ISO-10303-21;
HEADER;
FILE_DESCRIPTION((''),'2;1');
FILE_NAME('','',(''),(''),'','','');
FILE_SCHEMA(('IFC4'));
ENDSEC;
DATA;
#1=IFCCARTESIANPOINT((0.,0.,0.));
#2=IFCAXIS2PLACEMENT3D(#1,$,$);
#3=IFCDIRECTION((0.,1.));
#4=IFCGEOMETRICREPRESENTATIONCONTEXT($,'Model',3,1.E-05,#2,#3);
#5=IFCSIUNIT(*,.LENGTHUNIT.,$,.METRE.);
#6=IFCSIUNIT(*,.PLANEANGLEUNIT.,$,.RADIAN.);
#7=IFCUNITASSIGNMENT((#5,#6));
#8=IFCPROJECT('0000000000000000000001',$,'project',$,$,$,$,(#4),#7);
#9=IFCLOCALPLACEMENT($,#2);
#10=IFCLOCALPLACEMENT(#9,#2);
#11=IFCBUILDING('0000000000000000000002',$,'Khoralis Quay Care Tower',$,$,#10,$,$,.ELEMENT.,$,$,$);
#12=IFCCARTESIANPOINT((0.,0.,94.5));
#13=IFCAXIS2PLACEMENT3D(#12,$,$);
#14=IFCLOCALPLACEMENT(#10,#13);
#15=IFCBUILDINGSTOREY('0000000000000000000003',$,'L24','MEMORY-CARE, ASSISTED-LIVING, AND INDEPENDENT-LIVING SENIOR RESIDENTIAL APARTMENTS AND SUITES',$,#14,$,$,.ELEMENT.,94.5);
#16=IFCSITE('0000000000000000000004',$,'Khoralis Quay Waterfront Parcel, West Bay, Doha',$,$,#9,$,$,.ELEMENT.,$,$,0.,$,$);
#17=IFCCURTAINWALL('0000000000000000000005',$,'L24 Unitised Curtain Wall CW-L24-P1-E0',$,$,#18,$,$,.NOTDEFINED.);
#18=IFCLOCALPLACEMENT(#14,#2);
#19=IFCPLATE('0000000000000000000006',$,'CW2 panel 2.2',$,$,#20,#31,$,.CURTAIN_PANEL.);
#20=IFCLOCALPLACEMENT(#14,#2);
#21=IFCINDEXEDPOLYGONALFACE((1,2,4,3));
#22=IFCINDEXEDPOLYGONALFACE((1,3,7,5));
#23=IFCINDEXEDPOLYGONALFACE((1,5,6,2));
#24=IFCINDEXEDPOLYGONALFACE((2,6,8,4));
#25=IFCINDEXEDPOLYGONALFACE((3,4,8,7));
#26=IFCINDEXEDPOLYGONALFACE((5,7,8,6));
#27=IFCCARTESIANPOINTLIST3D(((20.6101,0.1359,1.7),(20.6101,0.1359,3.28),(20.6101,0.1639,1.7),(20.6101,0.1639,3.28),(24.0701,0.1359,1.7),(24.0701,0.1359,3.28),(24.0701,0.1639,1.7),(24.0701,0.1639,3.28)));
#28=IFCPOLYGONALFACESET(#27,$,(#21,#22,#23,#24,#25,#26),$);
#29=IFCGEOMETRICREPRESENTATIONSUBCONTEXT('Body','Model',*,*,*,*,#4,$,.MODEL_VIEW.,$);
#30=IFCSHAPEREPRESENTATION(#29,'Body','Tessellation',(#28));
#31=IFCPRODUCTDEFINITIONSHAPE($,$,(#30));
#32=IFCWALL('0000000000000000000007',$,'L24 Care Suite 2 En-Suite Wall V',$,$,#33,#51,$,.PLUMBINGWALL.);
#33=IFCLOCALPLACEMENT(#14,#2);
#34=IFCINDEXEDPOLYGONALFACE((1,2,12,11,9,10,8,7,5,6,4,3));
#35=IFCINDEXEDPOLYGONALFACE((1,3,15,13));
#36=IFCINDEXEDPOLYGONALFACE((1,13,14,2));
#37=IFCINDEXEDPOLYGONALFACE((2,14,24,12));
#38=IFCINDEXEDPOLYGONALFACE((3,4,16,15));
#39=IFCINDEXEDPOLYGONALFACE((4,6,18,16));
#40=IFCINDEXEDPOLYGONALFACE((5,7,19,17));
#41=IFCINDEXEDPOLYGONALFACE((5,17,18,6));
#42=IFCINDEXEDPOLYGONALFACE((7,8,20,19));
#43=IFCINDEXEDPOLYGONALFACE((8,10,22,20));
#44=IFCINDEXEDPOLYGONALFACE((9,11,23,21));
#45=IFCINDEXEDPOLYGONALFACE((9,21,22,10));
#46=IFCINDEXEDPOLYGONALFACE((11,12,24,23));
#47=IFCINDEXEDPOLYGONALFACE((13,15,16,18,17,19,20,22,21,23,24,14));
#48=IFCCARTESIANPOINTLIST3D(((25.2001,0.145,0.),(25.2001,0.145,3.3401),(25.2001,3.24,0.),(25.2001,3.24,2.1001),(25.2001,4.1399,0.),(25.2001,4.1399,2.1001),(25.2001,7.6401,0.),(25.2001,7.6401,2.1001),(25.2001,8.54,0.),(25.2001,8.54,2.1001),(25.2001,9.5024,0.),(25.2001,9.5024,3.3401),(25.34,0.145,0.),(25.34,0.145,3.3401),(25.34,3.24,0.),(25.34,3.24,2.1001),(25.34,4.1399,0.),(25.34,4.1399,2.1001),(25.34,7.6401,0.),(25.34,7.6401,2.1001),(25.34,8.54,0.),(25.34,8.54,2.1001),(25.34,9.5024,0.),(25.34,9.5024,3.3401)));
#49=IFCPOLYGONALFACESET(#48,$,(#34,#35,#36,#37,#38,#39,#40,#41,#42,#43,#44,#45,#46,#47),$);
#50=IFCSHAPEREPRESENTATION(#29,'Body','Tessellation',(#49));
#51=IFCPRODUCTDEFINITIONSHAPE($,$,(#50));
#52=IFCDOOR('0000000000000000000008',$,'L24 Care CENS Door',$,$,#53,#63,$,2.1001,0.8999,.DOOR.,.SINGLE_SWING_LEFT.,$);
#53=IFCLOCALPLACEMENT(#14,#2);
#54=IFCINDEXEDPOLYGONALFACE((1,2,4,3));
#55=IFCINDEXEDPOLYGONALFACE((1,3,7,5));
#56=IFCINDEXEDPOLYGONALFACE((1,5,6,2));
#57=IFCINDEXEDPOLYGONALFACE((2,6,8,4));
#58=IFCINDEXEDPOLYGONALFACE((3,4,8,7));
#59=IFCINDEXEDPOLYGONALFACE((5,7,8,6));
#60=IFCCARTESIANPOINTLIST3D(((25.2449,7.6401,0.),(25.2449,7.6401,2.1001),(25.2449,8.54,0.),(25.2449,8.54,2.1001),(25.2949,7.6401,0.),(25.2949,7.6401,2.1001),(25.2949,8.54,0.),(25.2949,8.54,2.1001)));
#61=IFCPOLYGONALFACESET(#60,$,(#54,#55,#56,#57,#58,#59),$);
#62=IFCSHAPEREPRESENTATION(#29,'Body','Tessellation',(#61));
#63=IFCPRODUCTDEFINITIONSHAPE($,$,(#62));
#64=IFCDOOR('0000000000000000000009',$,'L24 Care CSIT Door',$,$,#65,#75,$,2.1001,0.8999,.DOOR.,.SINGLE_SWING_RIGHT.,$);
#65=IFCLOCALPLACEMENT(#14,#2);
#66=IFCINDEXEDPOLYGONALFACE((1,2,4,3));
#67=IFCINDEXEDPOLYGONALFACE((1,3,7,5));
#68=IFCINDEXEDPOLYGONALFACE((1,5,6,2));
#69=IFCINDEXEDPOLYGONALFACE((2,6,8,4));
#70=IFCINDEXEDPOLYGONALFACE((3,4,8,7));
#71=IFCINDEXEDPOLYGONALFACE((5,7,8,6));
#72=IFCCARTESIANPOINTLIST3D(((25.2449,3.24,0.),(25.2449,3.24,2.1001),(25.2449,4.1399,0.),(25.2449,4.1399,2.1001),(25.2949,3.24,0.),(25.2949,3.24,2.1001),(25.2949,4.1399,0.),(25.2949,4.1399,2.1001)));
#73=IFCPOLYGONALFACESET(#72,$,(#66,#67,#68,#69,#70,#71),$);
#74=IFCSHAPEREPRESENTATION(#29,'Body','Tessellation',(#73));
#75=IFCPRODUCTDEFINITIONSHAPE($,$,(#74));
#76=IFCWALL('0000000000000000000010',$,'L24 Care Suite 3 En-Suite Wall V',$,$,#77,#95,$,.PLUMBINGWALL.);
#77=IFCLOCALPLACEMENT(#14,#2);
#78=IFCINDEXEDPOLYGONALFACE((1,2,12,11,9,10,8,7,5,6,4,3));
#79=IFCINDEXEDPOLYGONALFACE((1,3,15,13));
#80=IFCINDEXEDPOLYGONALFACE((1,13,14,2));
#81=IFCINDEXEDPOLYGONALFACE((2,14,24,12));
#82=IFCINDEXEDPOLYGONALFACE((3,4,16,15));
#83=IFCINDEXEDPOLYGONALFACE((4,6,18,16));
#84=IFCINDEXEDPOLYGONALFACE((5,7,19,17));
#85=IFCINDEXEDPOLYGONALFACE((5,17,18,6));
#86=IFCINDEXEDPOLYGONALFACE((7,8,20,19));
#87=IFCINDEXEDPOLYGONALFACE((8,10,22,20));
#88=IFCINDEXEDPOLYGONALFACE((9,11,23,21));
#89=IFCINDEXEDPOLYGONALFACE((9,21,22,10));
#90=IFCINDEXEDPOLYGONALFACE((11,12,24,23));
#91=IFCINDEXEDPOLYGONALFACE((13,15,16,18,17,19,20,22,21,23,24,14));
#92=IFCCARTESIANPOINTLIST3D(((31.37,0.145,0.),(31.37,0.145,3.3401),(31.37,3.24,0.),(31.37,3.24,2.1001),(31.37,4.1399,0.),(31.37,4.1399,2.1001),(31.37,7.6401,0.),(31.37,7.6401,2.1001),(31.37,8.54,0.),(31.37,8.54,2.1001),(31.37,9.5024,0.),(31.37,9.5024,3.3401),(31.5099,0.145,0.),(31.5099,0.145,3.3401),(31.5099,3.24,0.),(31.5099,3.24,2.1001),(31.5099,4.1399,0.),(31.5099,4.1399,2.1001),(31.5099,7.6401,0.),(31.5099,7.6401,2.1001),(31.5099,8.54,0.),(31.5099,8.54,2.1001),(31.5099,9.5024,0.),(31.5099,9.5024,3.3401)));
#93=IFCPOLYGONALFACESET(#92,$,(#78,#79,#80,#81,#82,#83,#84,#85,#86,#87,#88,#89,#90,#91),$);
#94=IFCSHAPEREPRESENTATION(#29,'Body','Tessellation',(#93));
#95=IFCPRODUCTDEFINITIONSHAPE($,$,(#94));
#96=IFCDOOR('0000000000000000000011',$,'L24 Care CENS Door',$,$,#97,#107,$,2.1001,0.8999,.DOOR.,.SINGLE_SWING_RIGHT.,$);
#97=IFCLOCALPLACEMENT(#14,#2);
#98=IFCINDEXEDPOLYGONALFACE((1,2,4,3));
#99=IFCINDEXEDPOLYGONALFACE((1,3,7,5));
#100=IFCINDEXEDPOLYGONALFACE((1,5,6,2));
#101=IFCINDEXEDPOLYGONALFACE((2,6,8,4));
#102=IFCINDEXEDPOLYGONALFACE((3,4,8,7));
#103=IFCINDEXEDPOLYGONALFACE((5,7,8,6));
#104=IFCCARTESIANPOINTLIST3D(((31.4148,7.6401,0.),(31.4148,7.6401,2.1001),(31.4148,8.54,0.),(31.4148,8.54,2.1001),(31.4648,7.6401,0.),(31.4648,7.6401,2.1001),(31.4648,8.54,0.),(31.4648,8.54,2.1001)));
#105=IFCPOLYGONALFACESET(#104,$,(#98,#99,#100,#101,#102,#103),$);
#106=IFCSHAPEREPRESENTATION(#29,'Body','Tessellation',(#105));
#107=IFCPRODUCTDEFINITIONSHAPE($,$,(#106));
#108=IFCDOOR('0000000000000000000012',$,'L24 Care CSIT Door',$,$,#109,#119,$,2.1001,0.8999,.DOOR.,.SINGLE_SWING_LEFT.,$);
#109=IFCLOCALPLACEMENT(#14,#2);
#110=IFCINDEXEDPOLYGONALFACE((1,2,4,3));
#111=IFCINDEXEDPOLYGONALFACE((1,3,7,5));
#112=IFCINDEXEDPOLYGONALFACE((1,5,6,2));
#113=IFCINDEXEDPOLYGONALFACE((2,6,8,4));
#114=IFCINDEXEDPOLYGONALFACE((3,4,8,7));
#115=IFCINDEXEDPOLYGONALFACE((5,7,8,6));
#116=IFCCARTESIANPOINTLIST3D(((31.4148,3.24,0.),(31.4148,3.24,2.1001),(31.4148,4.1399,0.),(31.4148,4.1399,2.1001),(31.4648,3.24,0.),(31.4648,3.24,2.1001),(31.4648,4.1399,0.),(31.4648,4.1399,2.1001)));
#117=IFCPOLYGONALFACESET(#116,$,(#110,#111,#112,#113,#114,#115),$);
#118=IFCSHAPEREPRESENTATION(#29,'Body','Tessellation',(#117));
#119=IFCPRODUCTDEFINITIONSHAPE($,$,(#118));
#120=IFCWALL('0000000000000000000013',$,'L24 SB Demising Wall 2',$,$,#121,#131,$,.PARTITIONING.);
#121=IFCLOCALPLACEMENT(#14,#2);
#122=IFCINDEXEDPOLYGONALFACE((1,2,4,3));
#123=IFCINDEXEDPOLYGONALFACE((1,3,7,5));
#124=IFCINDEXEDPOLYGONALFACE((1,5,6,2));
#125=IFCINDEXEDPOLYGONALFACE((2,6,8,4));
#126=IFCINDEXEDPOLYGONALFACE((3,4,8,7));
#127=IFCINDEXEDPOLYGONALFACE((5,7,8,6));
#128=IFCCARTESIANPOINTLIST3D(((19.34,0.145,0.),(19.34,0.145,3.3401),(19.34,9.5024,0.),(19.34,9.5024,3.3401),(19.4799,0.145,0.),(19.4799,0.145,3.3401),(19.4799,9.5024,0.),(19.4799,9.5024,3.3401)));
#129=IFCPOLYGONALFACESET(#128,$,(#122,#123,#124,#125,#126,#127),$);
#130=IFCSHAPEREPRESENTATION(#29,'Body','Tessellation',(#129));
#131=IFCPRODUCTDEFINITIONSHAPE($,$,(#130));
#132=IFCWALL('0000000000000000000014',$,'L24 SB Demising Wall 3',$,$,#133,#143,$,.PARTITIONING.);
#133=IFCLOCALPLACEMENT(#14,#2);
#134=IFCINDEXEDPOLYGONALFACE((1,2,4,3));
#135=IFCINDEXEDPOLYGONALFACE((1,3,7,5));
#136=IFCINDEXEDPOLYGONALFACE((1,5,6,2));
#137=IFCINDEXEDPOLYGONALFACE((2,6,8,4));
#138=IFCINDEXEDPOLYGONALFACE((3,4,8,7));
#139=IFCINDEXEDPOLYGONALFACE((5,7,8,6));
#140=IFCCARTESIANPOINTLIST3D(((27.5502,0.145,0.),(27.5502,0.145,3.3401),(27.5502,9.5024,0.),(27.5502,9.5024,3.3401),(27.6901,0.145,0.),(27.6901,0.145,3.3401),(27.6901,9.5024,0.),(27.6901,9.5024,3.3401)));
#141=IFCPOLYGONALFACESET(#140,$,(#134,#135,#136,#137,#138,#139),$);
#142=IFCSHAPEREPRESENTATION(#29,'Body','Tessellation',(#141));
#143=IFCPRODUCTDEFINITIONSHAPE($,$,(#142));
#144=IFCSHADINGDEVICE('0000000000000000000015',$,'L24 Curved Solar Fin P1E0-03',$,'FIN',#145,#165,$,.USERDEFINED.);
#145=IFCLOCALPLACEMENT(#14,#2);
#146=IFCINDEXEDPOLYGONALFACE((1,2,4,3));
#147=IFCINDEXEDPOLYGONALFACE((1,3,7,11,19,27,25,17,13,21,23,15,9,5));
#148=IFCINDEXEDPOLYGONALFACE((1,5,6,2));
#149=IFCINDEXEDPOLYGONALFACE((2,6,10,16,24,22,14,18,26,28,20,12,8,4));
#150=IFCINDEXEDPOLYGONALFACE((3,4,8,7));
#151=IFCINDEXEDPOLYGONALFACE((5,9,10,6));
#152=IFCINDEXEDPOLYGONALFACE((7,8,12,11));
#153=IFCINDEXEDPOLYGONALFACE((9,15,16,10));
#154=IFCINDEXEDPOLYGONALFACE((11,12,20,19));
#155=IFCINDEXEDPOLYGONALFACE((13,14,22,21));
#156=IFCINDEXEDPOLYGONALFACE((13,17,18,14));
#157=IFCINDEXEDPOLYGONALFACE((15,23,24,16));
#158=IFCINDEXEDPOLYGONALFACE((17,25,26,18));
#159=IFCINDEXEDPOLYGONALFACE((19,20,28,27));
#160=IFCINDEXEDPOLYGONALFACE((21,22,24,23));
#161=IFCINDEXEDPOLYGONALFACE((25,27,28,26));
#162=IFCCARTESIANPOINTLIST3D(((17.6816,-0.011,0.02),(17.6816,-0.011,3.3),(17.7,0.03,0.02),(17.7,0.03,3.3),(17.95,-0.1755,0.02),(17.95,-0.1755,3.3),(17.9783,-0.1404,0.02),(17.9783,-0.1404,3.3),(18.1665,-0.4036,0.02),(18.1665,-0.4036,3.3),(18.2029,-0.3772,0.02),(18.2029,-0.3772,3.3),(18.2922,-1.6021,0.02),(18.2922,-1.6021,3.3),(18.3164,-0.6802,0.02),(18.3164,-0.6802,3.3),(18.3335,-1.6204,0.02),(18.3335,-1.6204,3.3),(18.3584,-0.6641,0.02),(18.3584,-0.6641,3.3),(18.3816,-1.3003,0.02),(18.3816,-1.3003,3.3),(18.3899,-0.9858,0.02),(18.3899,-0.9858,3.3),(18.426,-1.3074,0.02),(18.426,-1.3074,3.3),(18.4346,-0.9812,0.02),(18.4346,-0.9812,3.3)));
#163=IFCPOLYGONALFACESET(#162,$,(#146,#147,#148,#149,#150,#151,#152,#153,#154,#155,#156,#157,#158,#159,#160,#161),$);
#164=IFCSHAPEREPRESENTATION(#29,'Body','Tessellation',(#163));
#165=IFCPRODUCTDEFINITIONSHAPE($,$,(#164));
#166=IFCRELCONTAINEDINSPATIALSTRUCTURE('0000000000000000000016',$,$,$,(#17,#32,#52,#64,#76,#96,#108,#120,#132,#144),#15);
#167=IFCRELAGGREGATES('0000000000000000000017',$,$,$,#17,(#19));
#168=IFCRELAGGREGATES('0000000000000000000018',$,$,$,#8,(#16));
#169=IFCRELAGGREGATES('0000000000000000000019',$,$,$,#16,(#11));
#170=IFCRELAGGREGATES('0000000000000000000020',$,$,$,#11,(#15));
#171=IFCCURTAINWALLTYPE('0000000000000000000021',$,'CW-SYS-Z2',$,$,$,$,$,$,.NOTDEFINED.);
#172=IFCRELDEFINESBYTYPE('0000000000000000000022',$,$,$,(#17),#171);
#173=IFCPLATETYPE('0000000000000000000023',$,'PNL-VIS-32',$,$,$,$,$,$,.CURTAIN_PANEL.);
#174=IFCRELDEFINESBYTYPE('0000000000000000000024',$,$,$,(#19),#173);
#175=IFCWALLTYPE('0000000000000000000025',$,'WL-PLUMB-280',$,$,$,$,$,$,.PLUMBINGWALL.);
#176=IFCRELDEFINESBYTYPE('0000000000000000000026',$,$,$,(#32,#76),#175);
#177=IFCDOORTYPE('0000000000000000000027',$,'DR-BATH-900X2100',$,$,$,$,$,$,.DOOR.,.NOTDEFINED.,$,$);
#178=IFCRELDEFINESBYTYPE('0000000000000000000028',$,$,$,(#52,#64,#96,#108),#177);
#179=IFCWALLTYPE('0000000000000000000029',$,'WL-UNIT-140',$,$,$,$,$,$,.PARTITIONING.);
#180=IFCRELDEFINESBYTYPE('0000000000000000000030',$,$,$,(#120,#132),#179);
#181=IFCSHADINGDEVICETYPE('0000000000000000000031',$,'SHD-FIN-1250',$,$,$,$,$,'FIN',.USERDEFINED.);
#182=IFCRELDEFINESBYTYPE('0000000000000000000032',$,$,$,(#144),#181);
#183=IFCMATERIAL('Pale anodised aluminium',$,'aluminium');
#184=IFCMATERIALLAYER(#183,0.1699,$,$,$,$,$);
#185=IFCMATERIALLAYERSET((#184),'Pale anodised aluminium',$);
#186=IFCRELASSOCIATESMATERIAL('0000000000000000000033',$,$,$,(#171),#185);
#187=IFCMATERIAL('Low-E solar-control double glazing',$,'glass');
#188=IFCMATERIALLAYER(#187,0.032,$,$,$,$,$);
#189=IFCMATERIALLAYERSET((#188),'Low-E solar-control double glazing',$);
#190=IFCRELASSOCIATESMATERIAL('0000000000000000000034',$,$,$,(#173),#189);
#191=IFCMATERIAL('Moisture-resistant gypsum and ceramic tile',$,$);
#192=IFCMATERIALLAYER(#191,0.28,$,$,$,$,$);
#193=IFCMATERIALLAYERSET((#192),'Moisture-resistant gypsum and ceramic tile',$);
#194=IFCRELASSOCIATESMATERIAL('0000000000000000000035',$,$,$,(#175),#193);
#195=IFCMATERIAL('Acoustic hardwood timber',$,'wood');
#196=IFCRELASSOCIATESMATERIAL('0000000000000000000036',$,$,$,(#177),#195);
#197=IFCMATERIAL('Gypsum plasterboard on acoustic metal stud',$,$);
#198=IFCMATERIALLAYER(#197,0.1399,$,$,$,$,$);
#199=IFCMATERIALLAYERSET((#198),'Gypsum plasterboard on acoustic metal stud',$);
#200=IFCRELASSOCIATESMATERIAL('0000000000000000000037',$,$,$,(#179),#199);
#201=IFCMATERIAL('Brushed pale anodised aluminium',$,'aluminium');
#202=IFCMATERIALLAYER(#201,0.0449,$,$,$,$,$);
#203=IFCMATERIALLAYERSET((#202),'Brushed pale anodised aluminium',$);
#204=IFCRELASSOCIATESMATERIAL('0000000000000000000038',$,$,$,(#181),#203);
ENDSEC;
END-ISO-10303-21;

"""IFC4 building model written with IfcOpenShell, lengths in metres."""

from ifc_helpers import new_model, si_unit, direction, frame, frame_2d, origin, origin_2d, place, context, subcontext, project, spatial, polyline, rectangle, outline, extrude, source, transform, mapped, material, layer, layer_set, type_object, element, fill, aggregate, save


model = new_model("IFC4")

# Units and contexts
model_context = context("Model", 3, precision=1e-05, world=origin(), true_north=direction((0.0, 1.0)))
body_context = subcontext(model_context, "Body", "Model", "MODEL_VIEW")
ifc_project = project(units=[si_unit("LENGTHUNIT", "METRE"), si_unit("PLANEANGLEUNIT", "RADIAN")], contexts=[model_context])

# Site, building, storey
site_placement = place(None, origin())
site = spatial("IfcSite", under=ifc_project, at=site_placement, Name="Khoralis Quay Waterfront Parcel, West Bay, Doha", CompositionType="ELEMENT", RefElevation=0.0)
building_placement = place(site_placement, origin())
building = spatial("IfcBuilding", under=site, at=building_placement, Name="Khoralis Quay Care Tower", CompositionType="ELEMENT")
storey_placement = place(building_placement, frame((0.0, 0.0, 94.5)))
storey = spatial("IfcBuildingStorey", under=building, at=storey_placement, Name="L24", Description="MEMORY-CARE, ASSISTED-LIVING, AND INDEPENDENT-LIVING SENIOR RESIDENTIAL APARTMENTS AND SUITES", CompositionType="ELEMENT", Elevation=94.5)

# Curtain wall, plate
ifc_material_1 = material(Name="Pale anodised aluminium", Category="aluminium")
ifc_layer_1 = layer(ifc_material_1, 0.1699)
ifc_layer_set_1 = layer_set([ifc_layer_1], Name="Pale anodised aluminium")
curtain_wall_type = type_object("IfcCurtainWallType", Name="CW-SYS-Z2", PredefinedType="NOTDEFINED", material=ifc_layer_set_1)
curtain_wall_placement = place(storey_placement, origin())
curtain_wall = element("IfcCurtainWall", 1, at=curtain_wall_placement, inside=storey, type_object=curtain_wall_type, Name="L24 Unitised Curtain Wall CW-L24-P1-E0", PredefinedType="NOTDEFINED")
ifc_material_2 = material(Name="Low-E solar-control double glazing", Category="glass")
ifc_layer_2 = layer(ifc_material_2, 0.032)
ifc_layer_set_2 = layer_set([ifc_layer_2], Name="Low-E solar-control double glazing")
plate_type = type_object("IfcPlateType", Name="PNL-VIS-32", PredefinedType="CURTAIN_PANEL", material=ifc_layer_set_2)
shared_shape_1 = source(origin(), body_context, "Body", "SweptSolid", [
    extrude(rectangle(XDim=3.46, YDim=0.0281, at=origin_2d()), origin(), (0.0, 0.0, 1.0), 1.5801),
])
plate_1_placement = place(storey_placement, frame((22.3401, 0.1499, 1.7), z_axis=(0.0, 0.0, 1.0), x_axis=(1.0, 0.0, 0.0)))
plate_1 = element("IfcPlate", 2, at=plate_1_placement, type_object=plate_type, Name="CW2 panel 2.2", PredefinedType="CURTAIN_PANEL", context=body_context, shape_type="MappedRepresentation", body=[
    mapped(shared_shape_1, transform((0.0, 0.0, 0.0), scale=1.0)),
])
aggregate(curtain_wall, [plate_1])

# Walls, openings, doors
ifc_material_3 = material(Name="Moisture-resistant gypsum and ceramic tile")
ifc_layer_3 = layer(ifc_material_3, 0.28)
ifc_layer_set_3 = layer_set([ifc_layer_3], Name="Moisture-resistant gypsum and ceramic tile")
wall_type_1 = type_object("IfcWallType", Name="WL-PLUMB-280", PredefinedType="PLUMBINGWALL", material=ifc_layer_set_3)
wall_1_placement = place(storey_placement, frame((25.27, 0.145, 0.0), z_axis=(0.0, 0.0, 1.0), x_axis=(0.0, 1.0, 0.0)))
wall_1 = element("IfcWall", 3, at=wall_1_placement, inside=storey, type_object=wall_type_1, Name="L24 Care Suite 2 En-Suite Wall V", PredefinedType="PLUMBINGWALL", context=body_context, shape_type="SweptSolid", body=[
    extrude(rectangle(XDim=9.3574, YDim=0.1399, at=frame_2d((4.6787, 0.0))), origin(), (0.0, 0.0, 1.0), 3.3401),
])
opening_1_placement = place(wall_1_placement, frame((7.4951, 0.0, 0.0)))
opening_1 = element("IfcOpeningElement", 4, at=opening_1_placement, cuts=wall_1, PredefinedType="OPENING", context=body_context, shape_type="SweptSolid", body=[
    extrude(rectangle(XDim=0.8999, YDim=2.1001, at=frame_2d((0.45, 1.05))), frame((0.0, 0.0801, 0.0), z_axis=(0.0, -1.0, 0.0), x_axis=(1.0, 0.0, 0.0)), (0.0, 0.0, 1.0), 0.1599),
])
opening_2_placement = place(wall_1_placement, frame((3.095, 0.0, 0.0)))
opening_2 = element("IfcOpeningElement", 5, at=opening_2_placement, cuts=wall_1, PredefinedType="OPENING", context=body_context, shape_type="SweptSolid", body=[
    extrude(rectangle(XDim=0.8999, YDim=2.1001, at=frame_2d((0.45, 1.05))), frame((0.0, 0.0801, 0.0), z_axis=(0.0, -1.0, 0.0), x_axis=(1.0, 0.0, 0.0)), (0.0, 0.0, 1.0), 0.1599),
])
ifc_material_4 = material(Name="Acoustic hardwood timber", Category="wood")
door_type = type_object("IfcDoorType", Name="DR-BATH-900X2100", OperationType="NOTDEFINED", PredefinedType="DOOR", material=ifc_material_4)
shared_shape_2 = source(origin(), body_context, "Body", "SweptSolid", [
    extrude(rectangle(XDim=0.8999, YDim=2.1001, at=frame_2d((0.45, 1.05))), frame((0.0, 0.0249, 0.0), z_axis=(0.0, -1.0, 0.0), x_axis=(1.0, 0.0, 0.0)), (0.0, 0.0, 1.0), 0.05),
])
door_1_placement = place(opening_1_placement, frame((0.8999, 0.0, 0.0), z_axis=(0.0, 0.0, 1.0), x_axis=(-1.0, 0.0, 0.0)))
door_1 = element("IfcDoor", 6, at=door_1_placement, inside=storey, type_object=door_type, Name="L24 Care CENS Door", OperationType="SINGLE_SWING_LEFT", OverallHeight=2.1001, OverallWidth=0.8999, PredefinedType="DOOR", context=body_context, shape_type="MappedRepresentation", body=[
    mapped(shared_shape_2, transform((0.0, 0.0, 0.0), scale=1.0)),
])
fill(opening_1, door_1)
door_2_placement = place(opening_2_placement, frame((0.8999, 0.0, 0.0), z_axis=(0.0, 0.0, 1.0), x_axis=(-1.0, 0.0, 0.0)))
door_2 = element("IfcDoor", 7, at=door_2_placement, inside=storey, type_object=door_type, Name="L24 Care CSIT Door", OperationType="SINGLE_SWING_RIGHT", OverallHeight=2.1001, OverallWidth=0.8999, PredefinedType="DOOR", context=body_context, shape_type="MappedRepresentation", body=[
    mapped(shared_shape_2, transform((0.0, 0.0, 0.0), scale=1.0)),
])
fill(opening_2, door_2)
wall_2_placement = place(storey_placement, frame((31.4399, 0.145, 0.0), z_axis=(0.0, 0.0, 1.0), x_axis=(0.0, 1.0, 0.0)))
wall_2 = element("IfcWall", 8, at=wall_2_placement, inside=storey, type_object=wall_type_1, Name="L24 Care Suite 3 En-Suite Wall V", PredefinedType="PLUMBINGWALL", context=body_context, shape_type="SweptSolid", body=[
    extrude(rectangle(XDim=9.3574, YDim=0.1399, at=frame_2d((4.6787, 0.0))), origin(), (0.0, 0.0, 1.0), 3.3401),
])
opening_3_placement = place(wall_2_placement, frame((7.4951, 0.0, 0.0)))
opening_3 = element("IfcOpeningElement", 9, at=opening_3_placement, cuts=wall_2, PredefinedType="OPENING", context=body_context, shape_type="SweptSolid", body=[
    extrude(rectangle(XDim=0.8999, YDim=2.1001, at=frame_2d((0.45, 1.05))), frame((0.0, 0.0801, 0.0), z_axis=(0.0, -1.0, 0.0), x_axis=(1.0, 0.0, 0.0)), (0.0, 0.0, 1.0), 0.1599),
])
opening_4_placement = place(wall_2_placement, frame((3.095, 0.0, 0.0)))
opening_4 = element("IfcOpeningElement", 10, at=opening_4_placement, cuts=wall_2, PredefinedType="OPENING", context=body_context, shape_type="SweptSolid", body=[
    extrude(rectangle(XDim=0.8999, YDim=2.1001, at=frame_2d((0.45, 1.05))), frame((0.0, 0.0801, 0.0), z_axis=(0.0, -1.0, 0.0), x_axis=(1.0, 0.0, 0.0)), (0.0, 0.0, 1.0), 0.1599),
])
door_3_placement = place(opening_3_placement, frame((0.8999, 0.0, 0.0), z_axis=(0.0, 0.0, 1.0), x_axis=(-1.0, 0.0, 0.0)))
door_3 = element("IfcDoor", 11, at=door_3_placement, inside=storey, type_object=door_type, Name="L24 Care CENS Door", OperationType="SINGLE_SWING_RIGHT", OverallHeight=2.1001, OverallWidth=0.8999, PredefinedType="DOOR", context=body_context, shape_type="MappedRepresentation", body=[
    mapped(shared_shape_2, transform((0.0, 0.0, 0.0), scale=1.0)),
])
fill(opening_3, door_3)
door_4_placement = place(opening_4_placement, frame((0.8999, 0.0, 0.0), z_axis=(0.0, 0.0, 1.0), x_axis=(-1.0, 0.0, 0.0)))
door_4 = element("IfcDoor", 12, at=door_4_placement, inside=storey, type_object=door_type, Name="L24 Care CSIT Door", OperationType="SINGLE_SWING_LEFT", OverallHeight=2.1001, OverallWidth=0.8999, PredefinedType="DOOR", context=body_context, shape_type="MappedRepresentation", body=[
    mapped(shared_shape_2, transform((0.0, 0.0, 0.0), scale=1.0)),
])
fill(opening_4, door_4)

# Walls
ifc_material_5 = material(Name="Gypsum plasterboard on acoustic metal stud")
ifc_layer_4 = layer(ifc_material_5, 0.1399)
ifc_layer_set_4 = layer_set([ifc_layer_4], Name="Gypsum plasterboard on acoustic metal stud")
wall_type_2 = type_object("IfcWallType", Name="WL-UNIT-140", PredefinedType="PARTITIONING", material=ifc_layer_set_4)
for number, where, z_axis, x_axis, name in (
    (13, (19.4099, 0.145, 0.0), (0.0, 0.0, 1.0), (0.0, 1.0, 0.0), "L24 SB Demising Wall 2"),
    (14, (27.6201, 0.145, 0.0), (0.0, 0.0, 1.0), (0.0, 1.0, 0.0), "L24 SB Demising Wall 3"),
):
    element("IfcWall", number, at=place(storey_placement, frame(where, z_axis=z_axis, x_axis=x_axis)), inside=storey, type_object=wall_type_2, Name=name, PredefinedType="PARTITIONING", context=body_context, shape_type="SweptSolid", body=[
        extrude(rectangle(XDim=9.3574, YDim=0.1399, at=frame_2d((4.6787, 0.0))), origin(), (0.0, 0.0, 1.0), 3.3401),
    ])

# Shading device
ifc_material_6 = material(Name="Brushed pale anodised aluminium", Category="aluminium")
ifc_layer_5 = layer(ifc_material_6, 0.0449)
ifc_layer_set_5 = layer_set([ifc_layer_5], Name="Brushed pale anodised aluminium")
shading_device_type = type_object("IfcShadingDeviceType", Name="SHD-FIN-1250", ElementType="FIN", PredefinedType="USERDEFINED", material=ifc_layer_set_5)
shared_shape_3 = source(origin(), body_context, "Body", "SweptSolid", [
    extrude(outline(polyline([(0.0, 0.0), (0.1704, 0.2783), (0.4072, 0.5029), (0.6941, 0.6584), (1.0112, 0.7346), (1.3374, 0.7261), (1.6504, 0.6335), (1.6321, 0.5923), (1.3303, 0.6816), (1.0159, 0.6899), (0.7102, 0.6165), (0.4336, 0.4666), (0.2056, 0.25), (0.041, -0.0183), (0.0, 0.0)])), origin(), (0.0, 0.0, 1.0), 3.28),
])
for number, where, z_axis, x_axis, name in (
    (15, (17.7, 0.03, 0.02), (0.0, 0.0, 1.0), (0.0, -1.0, 0.0), "L24 Curved Solar Fin P1E0-03"),
):
    element("IfcShadingDevice", number, at=place(storey_placement, frame(where, z_axis=z_axis, x_axis=x_axis)), inside=storey, type_object=shading_device_type, Name=name, ObjectType="FIN", PredefinedType="USERDEFINED", context=body_context, shape_type="MappedRepresentation", body=[
        mapped(shared_shape_3, transform((0.0, 0.0, 0.0), scale=1.0)),
    ])

save(model, "model.ifc")
